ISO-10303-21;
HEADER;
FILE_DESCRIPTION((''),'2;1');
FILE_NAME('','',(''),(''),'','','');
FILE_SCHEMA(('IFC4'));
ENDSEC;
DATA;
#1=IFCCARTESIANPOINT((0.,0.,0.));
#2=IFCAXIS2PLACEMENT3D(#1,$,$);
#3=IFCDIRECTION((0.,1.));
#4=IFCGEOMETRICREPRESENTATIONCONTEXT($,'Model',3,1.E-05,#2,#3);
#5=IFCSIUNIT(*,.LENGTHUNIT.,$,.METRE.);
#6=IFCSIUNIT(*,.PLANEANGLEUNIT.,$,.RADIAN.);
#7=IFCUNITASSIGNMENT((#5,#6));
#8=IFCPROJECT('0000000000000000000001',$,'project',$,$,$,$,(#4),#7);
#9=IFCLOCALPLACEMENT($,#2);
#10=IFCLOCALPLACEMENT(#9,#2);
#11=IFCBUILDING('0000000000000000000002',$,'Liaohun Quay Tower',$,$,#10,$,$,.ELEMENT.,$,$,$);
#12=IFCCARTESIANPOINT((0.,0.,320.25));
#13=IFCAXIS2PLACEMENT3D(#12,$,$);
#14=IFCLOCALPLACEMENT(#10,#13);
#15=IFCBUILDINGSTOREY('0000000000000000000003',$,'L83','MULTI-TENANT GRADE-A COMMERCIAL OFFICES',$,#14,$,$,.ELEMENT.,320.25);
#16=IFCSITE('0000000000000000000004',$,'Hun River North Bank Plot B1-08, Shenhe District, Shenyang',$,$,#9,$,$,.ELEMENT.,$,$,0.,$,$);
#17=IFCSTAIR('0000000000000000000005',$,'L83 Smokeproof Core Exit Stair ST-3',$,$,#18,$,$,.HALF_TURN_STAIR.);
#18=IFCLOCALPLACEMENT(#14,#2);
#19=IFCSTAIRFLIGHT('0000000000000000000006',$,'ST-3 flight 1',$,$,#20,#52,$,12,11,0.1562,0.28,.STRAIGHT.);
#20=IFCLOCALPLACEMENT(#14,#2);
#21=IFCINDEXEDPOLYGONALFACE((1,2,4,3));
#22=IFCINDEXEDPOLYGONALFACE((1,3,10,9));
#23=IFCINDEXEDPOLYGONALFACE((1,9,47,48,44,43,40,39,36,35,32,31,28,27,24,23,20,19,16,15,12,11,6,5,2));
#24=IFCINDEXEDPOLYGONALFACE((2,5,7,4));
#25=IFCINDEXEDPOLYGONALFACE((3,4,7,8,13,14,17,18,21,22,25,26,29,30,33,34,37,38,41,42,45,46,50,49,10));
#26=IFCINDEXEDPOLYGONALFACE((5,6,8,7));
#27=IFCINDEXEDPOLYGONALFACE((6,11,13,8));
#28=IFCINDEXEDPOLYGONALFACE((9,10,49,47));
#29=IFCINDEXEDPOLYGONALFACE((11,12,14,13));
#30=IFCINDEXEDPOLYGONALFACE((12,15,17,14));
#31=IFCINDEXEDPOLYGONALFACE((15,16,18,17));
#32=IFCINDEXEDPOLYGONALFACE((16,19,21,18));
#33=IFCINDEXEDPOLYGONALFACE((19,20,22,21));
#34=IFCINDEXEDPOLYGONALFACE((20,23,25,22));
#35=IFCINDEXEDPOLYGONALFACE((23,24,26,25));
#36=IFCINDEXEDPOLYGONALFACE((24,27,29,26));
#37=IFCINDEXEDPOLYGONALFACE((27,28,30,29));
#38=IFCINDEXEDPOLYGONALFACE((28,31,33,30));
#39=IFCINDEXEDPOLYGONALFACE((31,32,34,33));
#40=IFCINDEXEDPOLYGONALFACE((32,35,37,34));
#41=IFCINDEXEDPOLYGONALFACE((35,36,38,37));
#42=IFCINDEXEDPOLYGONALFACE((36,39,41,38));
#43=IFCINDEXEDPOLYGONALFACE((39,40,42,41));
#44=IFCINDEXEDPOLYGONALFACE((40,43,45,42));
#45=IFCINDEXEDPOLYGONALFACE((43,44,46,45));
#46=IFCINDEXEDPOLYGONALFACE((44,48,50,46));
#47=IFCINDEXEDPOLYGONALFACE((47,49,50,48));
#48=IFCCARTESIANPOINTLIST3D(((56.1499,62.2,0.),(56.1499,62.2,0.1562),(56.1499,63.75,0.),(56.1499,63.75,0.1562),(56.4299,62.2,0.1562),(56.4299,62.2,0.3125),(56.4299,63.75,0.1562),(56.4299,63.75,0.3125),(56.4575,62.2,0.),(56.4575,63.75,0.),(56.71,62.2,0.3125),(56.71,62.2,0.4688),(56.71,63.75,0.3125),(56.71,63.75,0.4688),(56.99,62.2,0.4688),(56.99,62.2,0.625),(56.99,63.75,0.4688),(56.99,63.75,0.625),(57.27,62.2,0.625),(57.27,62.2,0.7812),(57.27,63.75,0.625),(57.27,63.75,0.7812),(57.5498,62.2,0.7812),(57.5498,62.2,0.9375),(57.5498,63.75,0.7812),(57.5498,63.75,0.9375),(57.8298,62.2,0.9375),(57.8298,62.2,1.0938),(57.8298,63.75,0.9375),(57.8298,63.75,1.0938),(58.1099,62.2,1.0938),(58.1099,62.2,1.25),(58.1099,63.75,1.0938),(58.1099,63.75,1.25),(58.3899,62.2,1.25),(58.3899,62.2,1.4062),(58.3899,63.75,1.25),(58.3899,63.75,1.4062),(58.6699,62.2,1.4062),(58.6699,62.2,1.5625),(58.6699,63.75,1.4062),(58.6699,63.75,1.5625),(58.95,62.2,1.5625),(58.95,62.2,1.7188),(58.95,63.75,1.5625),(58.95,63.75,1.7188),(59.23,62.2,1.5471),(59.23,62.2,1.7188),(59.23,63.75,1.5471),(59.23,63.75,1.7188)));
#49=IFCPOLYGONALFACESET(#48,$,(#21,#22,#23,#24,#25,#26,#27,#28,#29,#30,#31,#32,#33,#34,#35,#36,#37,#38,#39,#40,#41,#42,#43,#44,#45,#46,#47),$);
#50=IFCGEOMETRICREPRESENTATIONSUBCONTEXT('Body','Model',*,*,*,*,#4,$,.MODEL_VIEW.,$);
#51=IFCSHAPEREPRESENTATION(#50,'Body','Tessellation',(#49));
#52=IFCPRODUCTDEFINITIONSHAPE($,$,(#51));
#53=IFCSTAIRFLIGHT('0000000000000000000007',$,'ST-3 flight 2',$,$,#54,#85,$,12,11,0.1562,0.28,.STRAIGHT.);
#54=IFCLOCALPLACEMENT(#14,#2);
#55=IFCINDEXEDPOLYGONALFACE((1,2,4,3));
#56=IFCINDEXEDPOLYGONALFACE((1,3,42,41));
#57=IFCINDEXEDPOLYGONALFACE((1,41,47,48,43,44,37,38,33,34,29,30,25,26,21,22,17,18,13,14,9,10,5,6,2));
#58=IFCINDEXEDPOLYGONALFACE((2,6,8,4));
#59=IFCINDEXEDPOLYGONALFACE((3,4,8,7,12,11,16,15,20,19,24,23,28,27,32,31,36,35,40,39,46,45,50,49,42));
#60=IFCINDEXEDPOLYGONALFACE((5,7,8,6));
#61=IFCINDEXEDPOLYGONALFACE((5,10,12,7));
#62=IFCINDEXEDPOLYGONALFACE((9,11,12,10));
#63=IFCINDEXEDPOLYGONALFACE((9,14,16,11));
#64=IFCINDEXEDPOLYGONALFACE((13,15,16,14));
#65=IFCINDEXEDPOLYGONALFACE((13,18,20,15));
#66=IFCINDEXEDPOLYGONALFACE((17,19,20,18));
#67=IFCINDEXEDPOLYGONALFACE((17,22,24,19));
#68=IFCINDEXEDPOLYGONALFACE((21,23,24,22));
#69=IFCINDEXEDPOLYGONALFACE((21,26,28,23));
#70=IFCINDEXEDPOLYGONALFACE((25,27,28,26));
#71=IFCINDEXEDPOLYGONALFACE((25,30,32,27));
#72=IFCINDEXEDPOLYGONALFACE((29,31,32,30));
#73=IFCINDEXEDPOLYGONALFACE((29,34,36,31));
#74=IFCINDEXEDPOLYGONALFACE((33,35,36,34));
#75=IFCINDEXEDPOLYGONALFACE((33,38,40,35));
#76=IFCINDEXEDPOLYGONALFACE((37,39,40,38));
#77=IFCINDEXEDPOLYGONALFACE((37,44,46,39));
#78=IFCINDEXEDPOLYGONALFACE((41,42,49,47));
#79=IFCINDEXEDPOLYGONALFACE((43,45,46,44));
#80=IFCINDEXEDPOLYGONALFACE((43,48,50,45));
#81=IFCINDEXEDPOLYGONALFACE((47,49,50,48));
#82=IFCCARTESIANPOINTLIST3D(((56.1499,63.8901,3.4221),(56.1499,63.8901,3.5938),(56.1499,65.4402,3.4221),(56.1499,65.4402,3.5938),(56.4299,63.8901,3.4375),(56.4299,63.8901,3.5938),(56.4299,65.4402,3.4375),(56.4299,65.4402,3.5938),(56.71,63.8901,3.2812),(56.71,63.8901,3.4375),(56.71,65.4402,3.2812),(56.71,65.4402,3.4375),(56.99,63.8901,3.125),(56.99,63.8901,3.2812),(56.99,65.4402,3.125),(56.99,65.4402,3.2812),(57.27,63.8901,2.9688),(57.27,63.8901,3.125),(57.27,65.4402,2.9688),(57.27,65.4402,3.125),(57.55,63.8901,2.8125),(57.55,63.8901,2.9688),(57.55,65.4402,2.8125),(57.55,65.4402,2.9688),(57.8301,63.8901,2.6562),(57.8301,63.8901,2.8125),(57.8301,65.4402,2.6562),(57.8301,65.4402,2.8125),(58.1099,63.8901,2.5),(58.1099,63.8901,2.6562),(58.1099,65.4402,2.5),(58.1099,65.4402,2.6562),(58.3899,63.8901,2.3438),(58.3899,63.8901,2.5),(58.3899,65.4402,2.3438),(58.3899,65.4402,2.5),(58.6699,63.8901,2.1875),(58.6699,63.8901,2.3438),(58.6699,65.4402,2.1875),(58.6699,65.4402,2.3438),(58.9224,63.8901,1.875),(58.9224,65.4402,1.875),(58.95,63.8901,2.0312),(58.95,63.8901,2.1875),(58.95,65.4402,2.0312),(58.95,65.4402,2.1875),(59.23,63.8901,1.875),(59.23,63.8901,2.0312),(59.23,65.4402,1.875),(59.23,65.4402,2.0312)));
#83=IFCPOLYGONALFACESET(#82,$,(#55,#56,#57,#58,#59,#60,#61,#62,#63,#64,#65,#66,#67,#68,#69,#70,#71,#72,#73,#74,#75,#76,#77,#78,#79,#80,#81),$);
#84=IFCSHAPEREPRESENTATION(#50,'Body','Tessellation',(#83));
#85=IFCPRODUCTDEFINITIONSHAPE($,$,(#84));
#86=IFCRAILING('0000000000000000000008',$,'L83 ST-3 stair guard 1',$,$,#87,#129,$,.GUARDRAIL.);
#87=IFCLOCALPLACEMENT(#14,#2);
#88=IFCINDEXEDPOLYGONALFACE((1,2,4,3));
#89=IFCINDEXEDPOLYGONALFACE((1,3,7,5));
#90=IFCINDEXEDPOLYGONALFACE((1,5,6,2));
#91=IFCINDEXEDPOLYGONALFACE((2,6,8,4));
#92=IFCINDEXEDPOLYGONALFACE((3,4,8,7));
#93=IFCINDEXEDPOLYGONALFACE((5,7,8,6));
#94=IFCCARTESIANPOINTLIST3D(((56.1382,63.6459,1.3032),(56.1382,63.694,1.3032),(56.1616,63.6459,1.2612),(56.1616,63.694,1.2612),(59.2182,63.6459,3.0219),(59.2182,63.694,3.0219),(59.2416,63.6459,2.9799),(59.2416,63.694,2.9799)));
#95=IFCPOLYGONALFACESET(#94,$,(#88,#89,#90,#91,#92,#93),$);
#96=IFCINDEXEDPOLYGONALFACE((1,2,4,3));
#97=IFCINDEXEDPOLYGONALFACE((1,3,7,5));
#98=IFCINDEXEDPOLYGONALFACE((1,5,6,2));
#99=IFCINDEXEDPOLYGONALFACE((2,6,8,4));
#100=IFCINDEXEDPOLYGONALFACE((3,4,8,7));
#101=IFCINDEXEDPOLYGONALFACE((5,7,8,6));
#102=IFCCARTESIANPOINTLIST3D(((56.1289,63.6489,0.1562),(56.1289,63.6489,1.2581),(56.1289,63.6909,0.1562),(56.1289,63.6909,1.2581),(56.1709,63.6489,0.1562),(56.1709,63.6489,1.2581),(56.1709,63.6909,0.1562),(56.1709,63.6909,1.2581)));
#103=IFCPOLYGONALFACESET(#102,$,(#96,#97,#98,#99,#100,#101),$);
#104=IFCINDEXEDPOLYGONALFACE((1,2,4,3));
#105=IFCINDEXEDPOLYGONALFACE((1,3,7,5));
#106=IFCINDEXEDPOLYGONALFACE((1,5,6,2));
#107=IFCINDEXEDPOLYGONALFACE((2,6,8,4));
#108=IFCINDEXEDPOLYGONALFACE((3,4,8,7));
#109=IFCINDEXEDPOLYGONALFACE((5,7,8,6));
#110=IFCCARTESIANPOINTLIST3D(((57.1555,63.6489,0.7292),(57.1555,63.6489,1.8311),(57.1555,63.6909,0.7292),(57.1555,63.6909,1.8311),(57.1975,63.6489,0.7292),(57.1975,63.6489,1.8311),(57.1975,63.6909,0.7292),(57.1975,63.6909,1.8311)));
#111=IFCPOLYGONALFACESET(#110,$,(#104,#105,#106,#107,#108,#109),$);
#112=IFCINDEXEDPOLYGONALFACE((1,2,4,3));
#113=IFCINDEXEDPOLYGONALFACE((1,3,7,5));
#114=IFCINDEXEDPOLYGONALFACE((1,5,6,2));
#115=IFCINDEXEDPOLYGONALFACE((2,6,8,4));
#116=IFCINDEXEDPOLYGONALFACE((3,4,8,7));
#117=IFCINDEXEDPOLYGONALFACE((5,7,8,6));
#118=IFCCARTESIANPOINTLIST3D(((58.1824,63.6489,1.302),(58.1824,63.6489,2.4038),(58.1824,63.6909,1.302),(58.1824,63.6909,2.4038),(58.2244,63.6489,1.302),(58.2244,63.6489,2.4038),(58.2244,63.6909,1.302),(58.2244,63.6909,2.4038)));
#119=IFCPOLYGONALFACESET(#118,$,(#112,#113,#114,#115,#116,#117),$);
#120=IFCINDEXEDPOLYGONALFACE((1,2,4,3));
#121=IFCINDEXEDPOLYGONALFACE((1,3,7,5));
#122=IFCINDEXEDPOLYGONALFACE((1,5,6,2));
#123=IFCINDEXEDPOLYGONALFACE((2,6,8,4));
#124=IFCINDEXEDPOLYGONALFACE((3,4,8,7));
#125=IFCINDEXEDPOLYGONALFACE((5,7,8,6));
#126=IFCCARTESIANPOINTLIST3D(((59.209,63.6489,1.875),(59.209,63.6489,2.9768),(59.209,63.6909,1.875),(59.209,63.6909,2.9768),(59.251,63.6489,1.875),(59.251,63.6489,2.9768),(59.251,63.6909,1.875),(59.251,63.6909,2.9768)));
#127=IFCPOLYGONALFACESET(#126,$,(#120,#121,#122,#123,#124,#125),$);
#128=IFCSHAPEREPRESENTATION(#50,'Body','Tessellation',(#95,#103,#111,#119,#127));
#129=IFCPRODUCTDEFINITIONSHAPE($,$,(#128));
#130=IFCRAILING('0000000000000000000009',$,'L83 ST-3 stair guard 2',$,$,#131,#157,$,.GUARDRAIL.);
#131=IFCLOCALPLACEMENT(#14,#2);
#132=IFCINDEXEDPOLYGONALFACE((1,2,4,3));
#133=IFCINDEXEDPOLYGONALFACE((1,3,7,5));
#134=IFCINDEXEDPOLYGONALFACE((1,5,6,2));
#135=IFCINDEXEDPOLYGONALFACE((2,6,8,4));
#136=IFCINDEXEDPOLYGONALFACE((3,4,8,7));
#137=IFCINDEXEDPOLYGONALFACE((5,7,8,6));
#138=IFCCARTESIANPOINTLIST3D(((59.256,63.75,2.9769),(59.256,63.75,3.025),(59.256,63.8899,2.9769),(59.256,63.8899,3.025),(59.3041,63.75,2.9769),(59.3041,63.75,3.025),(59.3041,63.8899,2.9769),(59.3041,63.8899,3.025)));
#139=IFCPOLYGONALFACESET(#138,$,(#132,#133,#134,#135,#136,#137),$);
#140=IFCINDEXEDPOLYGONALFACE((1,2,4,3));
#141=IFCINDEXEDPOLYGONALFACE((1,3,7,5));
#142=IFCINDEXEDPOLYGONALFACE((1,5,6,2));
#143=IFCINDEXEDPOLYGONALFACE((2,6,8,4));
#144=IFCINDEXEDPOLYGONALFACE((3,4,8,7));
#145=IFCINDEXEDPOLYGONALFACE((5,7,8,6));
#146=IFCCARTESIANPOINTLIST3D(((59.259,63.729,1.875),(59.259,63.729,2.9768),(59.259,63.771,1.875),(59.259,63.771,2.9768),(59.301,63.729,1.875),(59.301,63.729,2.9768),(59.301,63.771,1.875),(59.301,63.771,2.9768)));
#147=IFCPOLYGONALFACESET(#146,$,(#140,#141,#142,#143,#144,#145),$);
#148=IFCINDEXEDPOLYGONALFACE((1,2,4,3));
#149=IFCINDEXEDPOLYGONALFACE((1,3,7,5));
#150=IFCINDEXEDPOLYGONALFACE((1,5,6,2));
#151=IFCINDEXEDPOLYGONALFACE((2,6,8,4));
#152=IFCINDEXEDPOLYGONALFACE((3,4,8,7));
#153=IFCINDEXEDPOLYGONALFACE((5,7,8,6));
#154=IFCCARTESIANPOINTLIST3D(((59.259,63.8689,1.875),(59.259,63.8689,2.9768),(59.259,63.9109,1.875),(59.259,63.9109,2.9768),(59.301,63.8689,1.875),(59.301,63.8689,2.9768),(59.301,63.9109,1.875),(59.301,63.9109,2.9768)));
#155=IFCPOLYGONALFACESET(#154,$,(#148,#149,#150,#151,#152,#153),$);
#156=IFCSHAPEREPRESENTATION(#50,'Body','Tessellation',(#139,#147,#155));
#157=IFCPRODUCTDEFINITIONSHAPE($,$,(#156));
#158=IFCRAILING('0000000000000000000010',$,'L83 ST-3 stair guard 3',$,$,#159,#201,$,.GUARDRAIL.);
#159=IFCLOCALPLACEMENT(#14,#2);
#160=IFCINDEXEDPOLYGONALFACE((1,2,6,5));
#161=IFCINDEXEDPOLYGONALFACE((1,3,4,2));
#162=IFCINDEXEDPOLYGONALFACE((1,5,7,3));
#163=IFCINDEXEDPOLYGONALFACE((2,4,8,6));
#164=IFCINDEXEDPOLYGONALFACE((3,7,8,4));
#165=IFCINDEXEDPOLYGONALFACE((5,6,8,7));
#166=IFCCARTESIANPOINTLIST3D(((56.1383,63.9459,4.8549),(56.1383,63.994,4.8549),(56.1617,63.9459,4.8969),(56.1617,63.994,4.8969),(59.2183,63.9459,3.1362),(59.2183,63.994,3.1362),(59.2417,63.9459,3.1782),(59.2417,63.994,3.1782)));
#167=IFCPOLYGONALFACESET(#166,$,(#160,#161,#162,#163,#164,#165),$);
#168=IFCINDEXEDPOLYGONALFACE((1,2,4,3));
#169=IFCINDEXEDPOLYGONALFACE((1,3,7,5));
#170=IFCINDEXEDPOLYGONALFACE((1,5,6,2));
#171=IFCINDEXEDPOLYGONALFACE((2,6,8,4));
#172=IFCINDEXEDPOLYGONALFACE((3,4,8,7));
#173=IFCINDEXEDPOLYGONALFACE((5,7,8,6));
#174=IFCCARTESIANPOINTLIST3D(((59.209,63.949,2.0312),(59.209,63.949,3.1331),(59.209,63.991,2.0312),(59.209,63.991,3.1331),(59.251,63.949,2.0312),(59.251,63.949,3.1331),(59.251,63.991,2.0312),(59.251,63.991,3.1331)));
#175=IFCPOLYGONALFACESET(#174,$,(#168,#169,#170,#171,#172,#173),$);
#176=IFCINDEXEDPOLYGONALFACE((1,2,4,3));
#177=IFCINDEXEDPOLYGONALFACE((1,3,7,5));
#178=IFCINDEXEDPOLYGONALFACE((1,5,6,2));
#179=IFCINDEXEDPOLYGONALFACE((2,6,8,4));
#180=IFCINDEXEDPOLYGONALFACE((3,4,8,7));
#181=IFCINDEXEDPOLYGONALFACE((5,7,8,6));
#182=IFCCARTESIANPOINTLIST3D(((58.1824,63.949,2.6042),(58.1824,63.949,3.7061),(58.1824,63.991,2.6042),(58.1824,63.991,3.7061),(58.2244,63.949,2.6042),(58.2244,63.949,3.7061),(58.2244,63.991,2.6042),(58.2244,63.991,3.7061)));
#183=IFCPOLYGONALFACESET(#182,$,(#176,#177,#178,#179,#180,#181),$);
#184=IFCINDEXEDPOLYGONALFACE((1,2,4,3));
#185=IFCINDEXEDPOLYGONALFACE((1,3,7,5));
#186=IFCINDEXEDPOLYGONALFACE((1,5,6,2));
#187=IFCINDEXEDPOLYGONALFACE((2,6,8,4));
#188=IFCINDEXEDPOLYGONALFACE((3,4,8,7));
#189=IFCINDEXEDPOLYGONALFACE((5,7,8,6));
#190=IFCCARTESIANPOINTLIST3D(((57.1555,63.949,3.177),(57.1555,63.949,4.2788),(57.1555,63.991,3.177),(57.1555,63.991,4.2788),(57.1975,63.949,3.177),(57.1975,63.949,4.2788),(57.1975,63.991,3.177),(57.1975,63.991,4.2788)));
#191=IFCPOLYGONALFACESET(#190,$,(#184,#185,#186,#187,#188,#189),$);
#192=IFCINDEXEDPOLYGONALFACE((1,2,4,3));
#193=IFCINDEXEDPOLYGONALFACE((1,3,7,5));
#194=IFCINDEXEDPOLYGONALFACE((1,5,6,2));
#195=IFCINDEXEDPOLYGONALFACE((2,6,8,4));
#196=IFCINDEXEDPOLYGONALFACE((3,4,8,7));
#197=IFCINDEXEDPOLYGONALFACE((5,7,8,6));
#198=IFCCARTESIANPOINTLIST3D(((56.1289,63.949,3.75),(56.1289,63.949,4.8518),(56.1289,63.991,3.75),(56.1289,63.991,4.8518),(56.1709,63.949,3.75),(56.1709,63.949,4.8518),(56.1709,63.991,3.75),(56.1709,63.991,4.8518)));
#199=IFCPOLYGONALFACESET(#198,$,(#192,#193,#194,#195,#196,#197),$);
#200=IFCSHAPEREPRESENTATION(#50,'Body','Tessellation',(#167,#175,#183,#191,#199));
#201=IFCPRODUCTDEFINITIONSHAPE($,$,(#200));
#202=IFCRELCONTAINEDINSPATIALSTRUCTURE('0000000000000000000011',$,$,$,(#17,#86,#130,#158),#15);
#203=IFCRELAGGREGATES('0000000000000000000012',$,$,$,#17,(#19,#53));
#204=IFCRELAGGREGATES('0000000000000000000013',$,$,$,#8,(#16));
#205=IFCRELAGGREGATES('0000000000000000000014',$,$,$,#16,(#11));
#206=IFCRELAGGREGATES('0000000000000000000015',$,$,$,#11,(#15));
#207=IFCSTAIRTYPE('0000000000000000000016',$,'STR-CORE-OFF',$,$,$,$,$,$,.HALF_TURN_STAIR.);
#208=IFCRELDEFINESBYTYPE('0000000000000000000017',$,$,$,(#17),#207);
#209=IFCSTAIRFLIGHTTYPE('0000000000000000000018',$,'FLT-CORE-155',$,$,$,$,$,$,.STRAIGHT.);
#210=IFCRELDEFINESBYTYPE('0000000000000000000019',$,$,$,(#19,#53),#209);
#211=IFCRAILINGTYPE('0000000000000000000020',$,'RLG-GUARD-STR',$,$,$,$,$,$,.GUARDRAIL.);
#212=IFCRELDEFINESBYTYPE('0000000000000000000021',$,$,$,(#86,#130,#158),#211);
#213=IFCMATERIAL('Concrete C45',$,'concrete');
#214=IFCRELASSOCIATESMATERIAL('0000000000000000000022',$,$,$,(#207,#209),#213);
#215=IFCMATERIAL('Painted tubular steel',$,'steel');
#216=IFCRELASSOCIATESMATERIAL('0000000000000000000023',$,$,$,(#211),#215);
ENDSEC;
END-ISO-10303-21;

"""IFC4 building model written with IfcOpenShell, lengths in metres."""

from ifc_helpers import new_model, si_unit, direction, frame, origin, origin_2d, place, context, subcontext, project, spatial, polyline, rectangle, outline, extrude, material, type_object, element, aggregate, save


model = new_model("IFC4")

# Units and contexts
model_context = context("Model", 3, precision=1e-05, world=origin(), true_north=direction((0.0, 1.0)))
body_context = subcontext(model_context, "Body", "Model", "MODEL_VIEW")
ifc_project = project(units=[si_unit("LENGTHUNIT", "METRE"), si_unit("PLANEANGLEUNIT", "RADIAN")], contexts=[model_context])

# Site, building, storey
site_placement = place(None, origin())
site = spatial("IfcSite", under=ifc_project, at=site_placement, Name="Hun River North Bank Plot B1-08, Shenhe District, Shenyang", CompositionType="ELEMENT", RefElevation=0.0)
building_placement = place(site_placement, origin())
building = spatial("IfcBuilding", under=site, at=building_placement, Name="Liaohun Quay Tower", CompositionType="ELEMENT")
storey_placement = place(building_placement, frame((0.0, 0.0, 320.25)))
storey = spatial("IfcBuildingStorey", under=building, at=storey_placement, Name="L83", Description="MULTI-TENANT GRADE-A COMMERCIAL OFFICES", CompositionType="ELEMENT", Elevation=320.25)

# Stair, stair flights
ifc_material_1 = material(Name="Concrete C45", Category="concrete")
stair_type = type_object("IfcStairType", Name="STR-CORE-OFF", PredefinedType="HALF_TURN_STAIR", material=ifc_material_1)
stair_placement = place(storey_placement, origin())
stair = element("IfcStair", 1, at=stair_placement, inside=storey, type_object=stair_type, Name="L83 Smokeproof Core Exit Stair ST-3", PredefinedType="HALF_TURN_STAIR")
stair_flight_type = type_object("IfcStairFlightType", Name="FLT-CORE-155", PredefinedType="STRAIGHT", material=ifc_material_1)
stair_flight_1_placement = place(storey_placement, frame((56.1499, 62.9751, 0.0), z_axis=(0.0, 0.0, 1.0), x_axis=(1.0, 0.0, 0.0)))
stair_flight_1 = element("IfcStairFlight", 2, at=stair_flight_1_placement, type_object=stair_flight_type, Name="ST-3 flight 1", NumberOfRisers=12, NumberOfTreads=11, PredefinedType="STRAIGHT", RiserHeight=0.1562, TreadLength=0.28, context=body_context, shape_type="SweptSolid", body=[
    extrude(outline(polyline([(0.0, 0.0), (0.0, 0.1562), (0.28, 0.1562), (0.28, 0.3125), (0.5601, 0.3125), (0.5601, 0.4688), (0.8401, 0.4688), (0.8401, 0.625), (1.1201, 0.625), (1.1201, 0.7812), (1.3999, 0.7812), (1.3999, 0.9375), (1.6799, 0.9375), (1.6799, 1.0938), (1.96, 1.0938), (1.96, 1.25), (2.24, 1.25), (2.24, 1.4062), (2.52, 1.4062), (2.52, 1.5625), (2.8, 1.5625), (2.8, 1.7188), (3.0801, 1.7188), (3.0801, 1.875), (3.0801, 1.5471), (0.3076, 0.0), (0.0, 0.0)])), frame((0.0, 0.7749, 0.0), z_axis=(0.0, -1.0, 0.0), x_axis=(1.0, 0.0, 0.0)), (0.0, 0.0, 1.0), 1.55),
])
stair_flight_2_placement = place(storey_placement, frame((59.23, 64.665, 1.875), z_axis=(0.0, 0.0, 1.0), x_axis=(-1.0, 0.0, 0.0)))
stair_flight_2 = element("IfcStairFlight", 3, at=stair_flight_2_placement, type_object=stair_flight_type, Name="ST-3 flight 2", NumberOfRisers=12, NumberOfTreads=11, PredefinedType="STRAIGHT", RiserHeight=0.1562, TreadLength=0.28, context=body_context, shape_type="SweptSolid", body=[
    extrude(outline(polyline([(0.0, 0.0), (0.0, 0.1562), (0.28, 0.1562), (0.28, 0.3125), (0.5601, 0.3125), (0.5601, 0.4688), (0.8401, 0.4688), (0.8401, 0.625), (1.1201, 0.625), (1.1201, 0.7812), (1.3999, 0.7812), (1.3999, 0.9375), (1.6799, 0.9375), (1.6799, 1.0938), (1.96, 1.0938), (1.96, 1.25), (2.24, 1.25), (2.24, 1.4062), (2.52, 1.4062), (2.52, 1.5625), (2.8, 1.5625), (2.8, 1.7188), (3.0801, 1.7188), (3.0801, 1.875), (3.0801, 1.5471), (0.3076, 0.0), (0.0, 0.0)])), frame((0.0, 0.7749, 0.0), z_axis=(0.0, -1.0, 0.0), x_axis=(1.0, 0.0, 0.0)), (0.0, 0.0, 1.0), 1.55),
])
aggregate(stair, [stair_flight_1, stair_flight_2])

# Railings
ifc_material_2 = material(Name="Painted tubular steel", Category="steel")
railing_type_1 = type_object("IfcRailingType", Name="RLG-GUARD-STR", PredefinedType="GUARDRAIL", material=ifc_material_2)
railing_1_placement = place(storey_placement, frame((56.1499, 63.6699, 0.1562)))
element("IfcRailing", 4, at=railing_1_placement, inside=storey, type_object=railing_type_1, Name="L83 ST-3 stair guard 1", PredefinedType="GUARDRAIL", context=body_context, shape_type="SweptSolid", body=[
    extrude(rectangle(XDim=0.0481, YDim=0.0481, at=origin_2d()), frame((0.0, 0.0, 1.126), z_axis=(0.873242, 0.0, 0.487288), x_axis=(0.0, 1.0, 0.0)), (0.0, 0.0, 1.0), 3.5271),
    extrude(rectangle(XDim=0.042, YDim=0.042, at=origin_2d()), origin(), (0.0, 0.0, 1.0), 1.1018),
    extrude(rectangle(XDim=0.042, YDim=0.042, at=origin_2d()), frame((1.0266, 0.0, 0.573)), (0.0, 0.0, 1.0), 1.1018),
    extrude(rectangle(XDim=0.042, YDim=0.042, at=origin_2d()), frame((2.0535, 0.0, 1.1458)), (0.0, 0.0, 1.0), 1.1018),
    extrude(rectangle(XDim=0.042, YDim=0.042, at=origin_2d()), frame((3.0801, 0.0, 1.7188)), (0.0, 0.0, 1.0), 1.1018),
])
railing_2_placement = place(storey_placement, frame((59.28, 63.75, 1.875)))
element("IfcRailing", 5, at=railing_2_placement, inside=storey, type_object=railing_type_1, Name="L83 ST-3 stair guard 2", PredefinedType="GUARDRAIL", context=body_context, shape_type="SweptSolid", body=[
    extrude(rectangle(XDim=0.0481, YDim=0.0481, at=origin_2d()), frame((0.0, 0.0, 1.126), z_axis=(0.0, 1.0, 0.0), x_axis=(-1.0, 0.0, 0.0)), (0.0, 0.0, 1.0), 0.1399),
    extrude(rectangle(XDim=0.042, YDim=0.042, at=origin_2d()), origin(), (0.0, 0.0, 1.0), 1.1018),
    extrude(rectangle(XDim=0.042, YDim=0.042, at=origin_2d()), frame((0.0, 0.1399, 0.0)), (0.0, 0.0, 1.0), 1.1018),
])
railing_3_placement = place(storey_placement, frame((59.23, 63.97, 2.0312)))
element("IfcRailing", 6, at=railing_3_placement, inside=storey, type_object=railing_type_1, Name="L83 ST-3 stair guard 3", PredefinedType="GUARDRAIL", context=body_context, shape_type="SweptSolid", body=[
    extrude(rectangle(XDim=0.0481, YDim=0.0481, at=origin_2d()), frame((0.0, 0.0, 1.126), z_axis=(-0.873242, 0.0, 0.487288), x_axis=(0.0, -1.0, 0.0)), (0.0, 0.0, 1.0), 3.5271),
    extrude(rectangle(XDim=0.042, YDim=0.042, at=origin_2d()), origin(), (0.0, 0.0, 1.0), 1.1018),
    extrude(rectangle(XDim=0.042, YDim=0.042, at=origin_2d()), frame((-1.0266, 0.0, 0.573)), (0.0, 0.0, 1.0), 1.1018),
    extrude(rectangle(XDim=0.042, YDim=0.042, at=origin_2d()), frame((-2.0535, 0.0, 1.1458)), (0.0, 0.0, 1.0), 1.1018),
    extrude(rectangle(XDim=0.042, YDim=0.042, at=origin_2d()), frame((-3.0801, 0.0, 1.7188)), (0.0, 0.0, 1.0), 1.1018),
])

save(model, "model.ifc")
